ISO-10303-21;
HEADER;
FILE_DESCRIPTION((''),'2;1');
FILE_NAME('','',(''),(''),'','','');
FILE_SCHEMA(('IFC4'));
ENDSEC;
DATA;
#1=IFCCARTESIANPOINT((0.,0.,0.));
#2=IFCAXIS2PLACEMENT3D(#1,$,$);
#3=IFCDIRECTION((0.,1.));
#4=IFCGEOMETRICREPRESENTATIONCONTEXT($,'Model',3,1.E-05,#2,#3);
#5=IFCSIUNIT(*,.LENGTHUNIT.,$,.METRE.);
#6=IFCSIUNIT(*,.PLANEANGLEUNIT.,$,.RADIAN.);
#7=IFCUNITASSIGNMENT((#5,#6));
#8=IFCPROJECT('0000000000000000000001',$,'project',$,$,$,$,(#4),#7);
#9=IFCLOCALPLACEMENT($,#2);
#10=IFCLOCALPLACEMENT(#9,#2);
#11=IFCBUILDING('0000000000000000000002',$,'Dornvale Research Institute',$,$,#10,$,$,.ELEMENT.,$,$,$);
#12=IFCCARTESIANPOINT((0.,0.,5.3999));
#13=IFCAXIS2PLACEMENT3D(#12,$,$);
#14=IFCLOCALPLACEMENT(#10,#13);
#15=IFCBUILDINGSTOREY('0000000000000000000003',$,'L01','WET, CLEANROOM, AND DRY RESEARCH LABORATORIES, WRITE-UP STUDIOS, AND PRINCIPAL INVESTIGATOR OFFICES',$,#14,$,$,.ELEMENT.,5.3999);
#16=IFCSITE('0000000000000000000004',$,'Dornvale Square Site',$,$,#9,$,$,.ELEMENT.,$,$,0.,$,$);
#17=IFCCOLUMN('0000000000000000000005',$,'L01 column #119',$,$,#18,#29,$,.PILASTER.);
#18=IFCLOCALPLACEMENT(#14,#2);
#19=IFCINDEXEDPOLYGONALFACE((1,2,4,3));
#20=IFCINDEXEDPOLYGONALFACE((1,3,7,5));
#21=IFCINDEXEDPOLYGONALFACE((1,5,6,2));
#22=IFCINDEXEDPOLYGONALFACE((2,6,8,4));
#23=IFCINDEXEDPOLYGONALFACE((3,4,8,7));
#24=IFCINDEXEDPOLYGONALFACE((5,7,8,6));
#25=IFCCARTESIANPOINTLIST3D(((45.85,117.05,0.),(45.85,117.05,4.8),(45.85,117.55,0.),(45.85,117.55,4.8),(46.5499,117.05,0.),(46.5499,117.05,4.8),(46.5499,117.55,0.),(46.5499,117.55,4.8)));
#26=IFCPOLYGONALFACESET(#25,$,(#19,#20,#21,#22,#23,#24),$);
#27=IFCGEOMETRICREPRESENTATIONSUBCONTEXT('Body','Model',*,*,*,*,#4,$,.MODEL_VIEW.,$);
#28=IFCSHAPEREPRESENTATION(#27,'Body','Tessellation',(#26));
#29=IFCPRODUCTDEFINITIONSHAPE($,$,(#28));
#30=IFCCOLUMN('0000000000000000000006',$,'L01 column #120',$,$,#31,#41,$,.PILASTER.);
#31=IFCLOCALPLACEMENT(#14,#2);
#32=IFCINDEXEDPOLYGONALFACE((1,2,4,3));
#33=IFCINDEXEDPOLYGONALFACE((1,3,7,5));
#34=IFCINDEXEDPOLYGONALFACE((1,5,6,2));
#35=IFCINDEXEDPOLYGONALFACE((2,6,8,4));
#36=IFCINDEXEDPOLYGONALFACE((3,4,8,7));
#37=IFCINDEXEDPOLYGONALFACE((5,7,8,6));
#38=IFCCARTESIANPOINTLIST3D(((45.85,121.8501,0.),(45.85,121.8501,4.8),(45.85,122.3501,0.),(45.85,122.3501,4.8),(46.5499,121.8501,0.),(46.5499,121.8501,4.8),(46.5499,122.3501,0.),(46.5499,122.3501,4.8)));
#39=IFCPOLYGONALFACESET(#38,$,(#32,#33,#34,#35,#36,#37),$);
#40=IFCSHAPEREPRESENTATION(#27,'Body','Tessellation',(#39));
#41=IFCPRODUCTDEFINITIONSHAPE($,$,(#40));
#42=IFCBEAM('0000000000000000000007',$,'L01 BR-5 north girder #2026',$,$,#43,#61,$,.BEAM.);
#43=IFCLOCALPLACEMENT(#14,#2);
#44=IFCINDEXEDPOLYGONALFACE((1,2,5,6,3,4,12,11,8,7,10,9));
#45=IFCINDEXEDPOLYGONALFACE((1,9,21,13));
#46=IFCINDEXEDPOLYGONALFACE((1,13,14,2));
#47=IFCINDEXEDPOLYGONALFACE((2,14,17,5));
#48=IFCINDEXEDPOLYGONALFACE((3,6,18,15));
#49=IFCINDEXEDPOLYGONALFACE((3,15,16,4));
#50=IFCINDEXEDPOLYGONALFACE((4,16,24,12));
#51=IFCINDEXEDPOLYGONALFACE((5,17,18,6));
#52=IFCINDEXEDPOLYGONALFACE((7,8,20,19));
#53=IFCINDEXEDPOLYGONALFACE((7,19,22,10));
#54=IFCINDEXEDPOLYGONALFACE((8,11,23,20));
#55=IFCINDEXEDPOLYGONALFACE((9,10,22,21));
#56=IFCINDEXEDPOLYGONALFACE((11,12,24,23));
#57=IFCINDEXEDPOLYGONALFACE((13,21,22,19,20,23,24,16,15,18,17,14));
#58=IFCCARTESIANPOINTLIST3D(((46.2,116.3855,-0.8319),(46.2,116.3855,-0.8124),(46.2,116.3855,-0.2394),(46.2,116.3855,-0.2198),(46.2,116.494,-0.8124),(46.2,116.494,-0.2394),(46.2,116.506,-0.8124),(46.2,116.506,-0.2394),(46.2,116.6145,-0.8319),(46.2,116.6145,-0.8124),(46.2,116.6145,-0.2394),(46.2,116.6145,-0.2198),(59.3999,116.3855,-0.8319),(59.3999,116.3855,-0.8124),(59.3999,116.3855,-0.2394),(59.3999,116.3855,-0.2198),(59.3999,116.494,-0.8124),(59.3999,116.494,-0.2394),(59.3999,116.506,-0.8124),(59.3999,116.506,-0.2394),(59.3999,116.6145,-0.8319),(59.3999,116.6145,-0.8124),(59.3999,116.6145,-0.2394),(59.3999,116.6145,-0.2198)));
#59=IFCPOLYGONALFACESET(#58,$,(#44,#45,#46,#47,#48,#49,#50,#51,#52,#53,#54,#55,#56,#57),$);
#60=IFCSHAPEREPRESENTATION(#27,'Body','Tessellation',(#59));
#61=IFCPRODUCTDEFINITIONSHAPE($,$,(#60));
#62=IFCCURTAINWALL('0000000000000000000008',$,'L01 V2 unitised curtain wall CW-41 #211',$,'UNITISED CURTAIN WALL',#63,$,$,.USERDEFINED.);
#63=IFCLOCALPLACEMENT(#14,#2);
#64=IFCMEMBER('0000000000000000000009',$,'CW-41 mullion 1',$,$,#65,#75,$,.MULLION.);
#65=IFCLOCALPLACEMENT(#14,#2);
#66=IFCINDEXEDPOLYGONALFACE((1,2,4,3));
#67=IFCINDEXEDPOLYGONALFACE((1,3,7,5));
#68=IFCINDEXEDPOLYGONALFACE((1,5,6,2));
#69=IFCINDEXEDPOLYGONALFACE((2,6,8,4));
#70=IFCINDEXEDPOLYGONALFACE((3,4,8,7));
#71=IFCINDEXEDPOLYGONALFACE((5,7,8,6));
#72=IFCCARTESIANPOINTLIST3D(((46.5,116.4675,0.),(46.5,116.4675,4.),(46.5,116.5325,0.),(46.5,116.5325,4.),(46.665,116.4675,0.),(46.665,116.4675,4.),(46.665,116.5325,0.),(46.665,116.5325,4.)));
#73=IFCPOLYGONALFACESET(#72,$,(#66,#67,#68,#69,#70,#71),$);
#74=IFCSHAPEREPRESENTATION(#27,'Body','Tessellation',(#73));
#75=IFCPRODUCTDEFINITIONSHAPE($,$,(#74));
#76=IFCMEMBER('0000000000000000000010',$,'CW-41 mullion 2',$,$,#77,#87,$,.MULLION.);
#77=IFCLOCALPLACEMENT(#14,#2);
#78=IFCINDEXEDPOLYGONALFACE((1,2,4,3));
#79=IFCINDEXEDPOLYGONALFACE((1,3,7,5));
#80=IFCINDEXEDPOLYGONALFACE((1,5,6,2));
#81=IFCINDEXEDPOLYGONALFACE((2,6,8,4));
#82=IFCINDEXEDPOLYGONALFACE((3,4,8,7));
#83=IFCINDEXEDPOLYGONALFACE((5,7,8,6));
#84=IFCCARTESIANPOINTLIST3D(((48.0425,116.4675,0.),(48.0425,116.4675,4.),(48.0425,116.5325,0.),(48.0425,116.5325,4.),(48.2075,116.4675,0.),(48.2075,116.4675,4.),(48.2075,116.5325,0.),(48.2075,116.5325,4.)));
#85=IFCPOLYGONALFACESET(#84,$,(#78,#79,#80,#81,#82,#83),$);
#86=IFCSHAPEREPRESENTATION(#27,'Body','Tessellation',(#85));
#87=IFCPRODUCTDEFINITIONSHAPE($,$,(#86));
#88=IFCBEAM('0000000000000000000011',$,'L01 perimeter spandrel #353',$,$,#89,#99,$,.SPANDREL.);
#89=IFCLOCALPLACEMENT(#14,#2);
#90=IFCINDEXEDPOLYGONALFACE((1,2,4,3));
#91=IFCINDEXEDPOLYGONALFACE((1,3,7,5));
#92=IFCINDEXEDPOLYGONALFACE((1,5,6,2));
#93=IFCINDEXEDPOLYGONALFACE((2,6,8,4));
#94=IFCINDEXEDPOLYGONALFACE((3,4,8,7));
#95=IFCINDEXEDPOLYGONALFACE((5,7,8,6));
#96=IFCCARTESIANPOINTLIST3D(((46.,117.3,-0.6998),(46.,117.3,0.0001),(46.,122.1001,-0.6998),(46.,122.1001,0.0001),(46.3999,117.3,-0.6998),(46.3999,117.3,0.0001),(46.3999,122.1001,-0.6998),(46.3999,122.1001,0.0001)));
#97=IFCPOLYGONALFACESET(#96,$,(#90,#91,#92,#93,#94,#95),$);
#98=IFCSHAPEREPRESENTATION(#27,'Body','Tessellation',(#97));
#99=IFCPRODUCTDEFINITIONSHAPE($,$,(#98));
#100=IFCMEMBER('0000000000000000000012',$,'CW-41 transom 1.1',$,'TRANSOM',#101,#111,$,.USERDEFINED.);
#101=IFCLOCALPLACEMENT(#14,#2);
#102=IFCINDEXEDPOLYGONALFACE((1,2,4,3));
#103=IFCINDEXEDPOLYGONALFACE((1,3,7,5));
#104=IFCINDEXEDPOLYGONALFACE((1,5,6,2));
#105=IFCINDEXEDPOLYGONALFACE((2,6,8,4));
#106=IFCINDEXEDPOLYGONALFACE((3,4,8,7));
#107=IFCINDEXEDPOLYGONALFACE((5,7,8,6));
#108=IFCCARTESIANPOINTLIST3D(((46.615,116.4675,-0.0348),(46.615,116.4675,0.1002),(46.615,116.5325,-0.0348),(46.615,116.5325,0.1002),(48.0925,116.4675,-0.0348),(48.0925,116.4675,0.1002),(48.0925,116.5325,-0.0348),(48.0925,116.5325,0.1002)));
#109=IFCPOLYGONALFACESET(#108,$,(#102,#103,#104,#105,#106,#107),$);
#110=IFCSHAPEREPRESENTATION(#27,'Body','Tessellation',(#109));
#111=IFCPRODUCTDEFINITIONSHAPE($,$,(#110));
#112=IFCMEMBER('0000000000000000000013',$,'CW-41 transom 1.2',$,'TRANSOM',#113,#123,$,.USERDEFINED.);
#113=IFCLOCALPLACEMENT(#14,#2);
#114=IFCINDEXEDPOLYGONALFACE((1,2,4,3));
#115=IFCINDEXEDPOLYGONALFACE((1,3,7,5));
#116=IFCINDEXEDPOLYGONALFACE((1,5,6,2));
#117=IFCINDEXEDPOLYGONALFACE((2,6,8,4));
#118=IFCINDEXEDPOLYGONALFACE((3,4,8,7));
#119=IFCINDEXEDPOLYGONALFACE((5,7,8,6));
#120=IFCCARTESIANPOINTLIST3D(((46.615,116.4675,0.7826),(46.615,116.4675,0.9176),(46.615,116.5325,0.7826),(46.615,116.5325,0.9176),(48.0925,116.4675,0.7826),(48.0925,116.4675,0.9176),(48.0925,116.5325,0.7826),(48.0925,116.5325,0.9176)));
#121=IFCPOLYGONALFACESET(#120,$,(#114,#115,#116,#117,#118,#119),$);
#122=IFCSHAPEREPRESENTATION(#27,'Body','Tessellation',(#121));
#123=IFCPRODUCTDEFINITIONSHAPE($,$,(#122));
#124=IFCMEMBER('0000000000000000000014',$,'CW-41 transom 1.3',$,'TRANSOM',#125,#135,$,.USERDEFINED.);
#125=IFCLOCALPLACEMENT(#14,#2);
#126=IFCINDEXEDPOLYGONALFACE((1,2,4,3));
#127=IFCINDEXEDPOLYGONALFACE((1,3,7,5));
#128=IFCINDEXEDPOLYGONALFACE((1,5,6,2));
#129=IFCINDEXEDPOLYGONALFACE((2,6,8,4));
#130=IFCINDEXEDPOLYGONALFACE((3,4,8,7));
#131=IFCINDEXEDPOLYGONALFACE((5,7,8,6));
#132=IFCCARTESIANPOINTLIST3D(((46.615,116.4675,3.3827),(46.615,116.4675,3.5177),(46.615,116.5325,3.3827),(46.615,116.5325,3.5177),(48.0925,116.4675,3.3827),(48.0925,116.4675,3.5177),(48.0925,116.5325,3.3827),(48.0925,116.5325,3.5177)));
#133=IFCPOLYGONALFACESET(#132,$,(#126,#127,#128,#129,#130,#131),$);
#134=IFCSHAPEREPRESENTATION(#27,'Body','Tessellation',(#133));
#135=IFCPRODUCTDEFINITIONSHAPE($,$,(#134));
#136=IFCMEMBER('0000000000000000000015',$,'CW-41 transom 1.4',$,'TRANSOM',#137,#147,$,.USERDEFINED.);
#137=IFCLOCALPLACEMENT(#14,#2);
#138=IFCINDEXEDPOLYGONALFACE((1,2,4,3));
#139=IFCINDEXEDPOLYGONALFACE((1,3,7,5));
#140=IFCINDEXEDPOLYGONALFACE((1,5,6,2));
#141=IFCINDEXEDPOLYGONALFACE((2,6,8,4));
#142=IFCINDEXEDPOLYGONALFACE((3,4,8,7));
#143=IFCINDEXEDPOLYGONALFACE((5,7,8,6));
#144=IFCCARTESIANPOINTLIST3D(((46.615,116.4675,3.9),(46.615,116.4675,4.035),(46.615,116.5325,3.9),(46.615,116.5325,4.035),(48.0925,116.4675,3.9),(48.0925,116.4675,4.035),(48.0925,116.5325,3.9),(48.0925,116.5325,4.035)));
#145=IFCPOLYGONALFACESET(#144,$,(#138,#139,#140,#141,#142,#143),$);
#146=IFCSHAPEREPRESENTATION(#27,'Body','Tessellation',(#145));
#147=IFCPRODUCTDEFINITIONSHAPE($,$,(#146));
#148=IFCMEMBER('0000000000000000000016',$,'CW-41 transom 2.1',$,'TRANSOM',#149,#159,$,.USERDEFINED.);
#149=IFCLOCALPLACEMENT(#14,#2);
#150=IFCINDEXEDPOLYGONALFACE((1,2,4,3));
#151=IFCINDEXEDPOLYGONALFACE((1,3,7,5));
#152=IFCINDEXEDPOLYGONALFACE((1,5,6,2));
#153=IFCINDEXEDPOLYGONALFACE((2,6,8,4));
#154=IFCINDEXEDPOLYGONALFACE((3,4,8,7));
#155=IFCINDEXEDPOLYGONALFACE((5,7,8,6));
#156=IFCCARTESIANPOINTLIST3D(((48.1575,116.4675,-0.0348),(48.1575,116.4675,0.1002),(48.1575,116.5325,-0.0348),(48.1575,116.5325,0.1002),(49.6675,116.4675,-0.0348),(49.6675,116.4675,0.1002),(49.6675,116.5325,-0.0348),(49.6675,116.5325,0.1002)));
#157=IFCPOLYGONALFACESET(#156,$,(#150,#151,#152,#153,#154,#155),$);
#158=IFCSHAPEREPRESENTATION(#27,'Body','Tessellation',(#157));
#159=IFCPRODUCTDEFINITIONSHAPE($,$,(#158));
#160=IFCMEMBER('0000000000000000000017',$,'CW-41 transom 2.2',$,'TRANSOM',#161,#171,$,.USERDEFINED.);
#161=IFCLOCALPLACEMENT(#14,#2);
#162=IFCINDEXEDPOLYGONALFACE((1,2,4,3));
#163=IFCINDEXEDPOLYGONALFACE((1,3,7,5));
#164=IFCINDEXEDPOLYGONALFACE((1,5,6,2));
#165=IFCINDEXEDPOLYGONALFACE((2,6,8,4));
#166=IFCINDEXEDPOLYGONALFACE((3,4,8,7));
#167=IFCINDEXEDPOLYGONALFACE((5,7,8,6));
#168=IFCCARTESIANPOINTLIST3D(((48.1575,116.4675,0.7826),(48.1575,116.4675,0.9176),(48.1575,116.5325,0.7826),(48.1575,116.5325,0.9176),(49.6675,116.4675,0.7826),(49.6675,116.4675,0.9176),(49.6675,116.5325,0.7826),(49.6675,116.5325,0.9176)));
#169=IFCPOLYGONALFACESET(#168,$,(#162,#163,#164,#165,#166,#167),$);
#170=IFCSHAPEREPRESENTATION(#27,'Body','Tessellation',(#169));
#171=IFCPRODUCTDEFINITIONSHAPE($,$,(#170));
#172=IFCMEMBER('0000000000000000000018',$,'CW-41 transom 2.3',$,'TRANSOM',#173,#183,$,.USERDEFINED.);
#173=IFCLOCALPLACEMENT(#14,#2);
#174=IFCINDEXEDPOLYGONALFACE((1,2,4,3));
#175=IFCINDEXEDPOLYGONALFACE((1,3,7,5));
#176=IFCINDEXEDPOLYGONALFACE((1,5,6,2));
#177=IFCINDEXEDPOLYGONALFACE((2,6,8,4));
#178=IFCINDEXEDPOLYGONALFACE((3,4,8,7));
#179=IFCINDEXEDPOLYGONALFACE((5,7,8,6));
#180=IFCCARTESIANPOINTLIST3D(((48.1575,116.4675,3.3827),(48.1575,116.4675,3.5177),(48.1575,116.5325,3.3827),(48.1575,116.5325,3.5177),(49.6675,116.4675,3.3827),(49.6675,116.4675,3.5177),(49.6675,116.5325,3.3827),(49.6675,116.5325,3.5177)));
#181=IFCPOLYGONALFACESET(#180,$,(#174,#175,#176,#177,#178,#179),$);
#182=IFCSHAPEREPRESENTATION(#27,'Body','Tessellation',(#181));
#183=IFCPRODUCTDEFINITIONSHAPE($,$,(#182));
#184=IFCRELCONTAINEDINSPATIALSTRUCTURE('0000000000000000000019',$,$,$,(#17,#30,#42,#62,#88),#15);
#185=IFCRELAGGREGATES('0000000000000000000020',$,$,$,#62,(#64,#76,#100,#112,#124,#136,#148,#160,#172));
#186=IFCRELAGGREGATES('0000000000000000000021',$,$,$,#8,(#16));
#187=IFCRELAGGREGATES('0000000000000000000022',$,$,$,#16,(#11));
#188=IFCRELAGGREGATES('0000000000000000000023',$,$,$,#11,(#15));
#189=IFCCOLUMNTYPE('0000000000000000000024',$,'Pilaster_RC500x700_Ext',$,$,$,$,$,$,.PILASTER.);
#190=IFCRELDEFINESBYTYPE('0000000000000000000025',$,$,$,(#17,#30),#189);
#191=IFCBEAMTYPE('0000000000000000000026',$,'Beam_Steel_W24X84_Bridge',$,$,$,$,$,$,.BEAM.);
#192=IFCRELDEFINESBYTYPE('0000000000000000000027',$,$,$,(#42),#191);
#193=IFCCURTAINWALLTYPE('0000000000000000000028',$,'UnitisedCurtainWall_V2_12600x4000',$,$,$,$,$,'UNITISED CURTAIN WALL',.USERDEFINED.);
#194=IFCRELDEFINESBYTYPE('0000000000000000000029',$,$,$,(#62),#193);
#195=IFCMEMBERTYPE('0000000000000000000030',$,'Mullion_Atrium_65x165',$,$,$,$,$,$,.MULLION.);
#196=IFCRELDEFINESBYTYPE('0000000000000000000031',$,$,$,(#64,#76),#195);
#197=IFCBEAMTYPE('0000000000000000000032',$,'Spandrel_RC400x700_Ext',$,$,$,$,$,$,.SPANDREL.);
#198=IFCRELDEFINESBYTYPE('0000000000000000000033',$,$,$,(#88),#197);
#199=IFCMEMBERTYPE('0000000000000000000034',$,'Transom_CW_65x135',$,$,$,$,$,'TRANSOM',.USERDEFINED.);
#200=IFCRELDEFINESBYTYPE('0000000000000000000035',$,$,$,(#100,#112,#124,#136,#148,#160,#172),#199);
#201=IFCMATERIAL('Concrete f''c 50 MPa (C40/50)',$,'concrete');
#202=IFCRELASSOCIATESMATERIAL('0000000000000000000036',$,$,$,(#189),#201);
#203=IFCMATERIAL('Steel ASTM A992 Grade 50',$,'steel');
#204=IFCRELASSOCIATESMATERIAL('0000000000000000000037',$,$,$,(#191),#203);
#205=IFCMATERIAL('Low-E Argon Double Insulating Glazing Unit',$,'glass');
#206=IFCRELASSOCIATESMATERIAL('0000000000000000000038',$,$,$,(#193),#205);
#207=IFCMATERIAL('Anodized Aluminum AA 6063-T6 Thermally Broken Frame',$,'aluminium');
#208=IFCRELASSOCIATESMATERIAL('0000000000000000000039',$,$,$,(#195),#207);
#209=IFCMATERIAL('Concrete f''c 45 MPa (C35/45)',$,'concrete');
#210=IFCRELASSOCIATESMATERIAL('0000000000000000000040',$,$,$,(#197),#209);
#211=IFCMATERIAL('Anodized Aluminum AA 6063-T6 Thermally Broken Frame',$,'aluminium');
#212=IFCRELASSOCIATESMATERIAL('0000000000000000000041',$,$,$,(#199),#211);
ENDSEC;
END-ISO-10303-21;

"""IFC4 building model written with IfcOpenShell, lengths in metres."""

from ifc_helpers import new_model, si_unit, direction, frame, origin, origin_2d, place, context, subcontext, project, spatial, rectangle, i_section, extrude, material, material_profile, profile_set, type_object, element, aggregate, save


model = new_model("IFC4")

# Units and contexts
model_context = context("Model", 3, precision=1e-05, world=origin(), true_north=direction((0.0, 1.0)))
body_context = subcontext(model_context, "Body", "Model", "MODEL_VIEW")
ifc_project = project(units=[si_unit("LENGTHUNIT", "METRE"), si_unit("PLANEANGLEUNIT", "RADIAN")], contexts=[model_context])

# Site, building, storey
site_placement = place(None, origin())
site = spatial("IfcSite", under=ifc_project, at=site_placement, Name="Dornvale Square Site", CompositionType="ELEMENT", RefElevation=0.0)
building_placement = place(site_placement, origin())
building = spatial("IfcBuilding", under=site, at=building_placement, Name="Dornvale Research Institute", CompositionType="ELEMENT")
storey_placement = place(building_placement, frame((0.0, 0.0, 5.3999)))
storey = spatial("IfcBuildingStorey", under=building, at=storey_placement, Name="L01", Description="WET, CLEANROOM, AND DRY RESEARCH LABORATORIES, WRITE-UP STUDIOS, AND PRINCIPAL INVESTIGATOR OFFICES", CompositionType="ELEMENT", Elevation=5.3999)

# Columns
ifc_material_1 = material(Name="Concrete f'c 50 MPa (C40/50)", Category="concrete")
ifc_material_profile_1 = material_profile(ifc_material_1, rectangle(XDim=0.5, YDim=0.7, at=origin_2d()), Name="RC 500x700")
ifc_profile_set_1 = profile_set([ifc_material_profile_1], Name="Concrete f'c 50 MPa (C40/50)")
column_type = type_object("IfcColumnType", Name="Pilaster_RC500x700_Ext", PredefinedType="PILASTER", material=ifc_profile_set_1)
for number, where, z_axis, x_axis, name in (
    (1, (46.2, 117.3, 0.0), (0.0, 0.0, 1.0), (0.0, 1.0, 0.0), "L01 column #119"),
    (2, (46.2, 122.1001, 0.0), (0.0, 0.0, 1.0), (0.0, 1.0, 0.0), "L01 column #120"),
):
    element("IfcColumn", number, at=place(storey_placement, frame(where, z_axis=z_axis, x_axis=x_axis)), inside=storey, type_object=column_type, Name=name, PredefinedType="PILASTER", context=body_context, shape_type="SweptSolid", body=[
        extrude(rectangle(XDim=0.5, YDim=0.7, at=origin_2d()), origin(), (0.0, 0.0, 1.0), 4.8),
    ])

# Beam
ifc_material_2 = material(Name="Steel ASTM A992 Grade 50", Category="steel")
ifc_material_profile_2 = material_profile(ifc_material_2, i_section(OverallWidth=0.229, OverallDepth=0.6121, WebThickness=0.012, FlangeThickness=0.0195, at=origin_2d()), Name="W24X84")
ifc_profile_set_2 = profile_set([ifc_material_profile_2], Name="Steel ASTM A992 Grade 50")
beam_type_1 = type_object("IfcBeamType", Name="Beam_Steel_W24X84_Bridge", PredefinedType="BEAM", material=ifc_profile_set_2)
beam_1_placement = place(storey_placement, frame((46.2, 116.5, -0.5259), z_axis=(1.0, 0.0, 0.0), x_axis=(0.0, 1.0, 0.0)))
element("IfcBeam", 3, at=beam_1_placement, inside=storey, type_object=beam_type_1, Name="L01 BR-5 north girder #2026", PredefinedType="BEAM", context=body_context, shape_type="SweptSolid", body=[
    extrude(i_section(OverallWidth=0.229, OverallDepth=0.6121, WebThickness=0.012, FlangeThickness=0.0195, at=origin_2d()), origin(), (0.0, 0.0, 1.0), 13.2),
])

# Curtain wall, members
ifc_material_3 = material(Name="Low-E Argon Double Insulating Glazing Unit", Category="glass")
curtain_wall_type = type_object("IfcCurtainWallType", Name="UnitisedCurtainWall_V2_12600x4000", ElementType="UNITISED CURTAIN WALL", PredefinedType="USERDEFINED", material=ifc_material_3)
curtain_wall_placement = place(storey_placement, origin())
curtain_wall = element("IfcCurtainWall", 4, at=curtain_wall_placement, inside=storey, type_object=curtain_wall_type, Name="L01 V2 unitised curtain wall CW-41 #211", ObjectType="UNITISED CURTAIN WALL", PredefinedType="USERDEFINED")
ifc_material_4 = material(Name="Anodized Aluminum AA 6063-T6 Thermally Broken Frame", Category="aluminium")
ifc_material_profile_3 = material_profile(ifc_material_4, rectangle(XDim=0.0649, YDim=0.165, at=origin_2d()), Name="ALU MULLION 65x165")
ifc_profile_set_3 = profile_set([ifc_material_profile_3], Name="Anodized Aluminum AA 6063-T6 Thermally Broken Frame")
member_type_1 = type_object("IfcMemberType", Name="Mullion_Atrium_65x165", PredefinedType="MULLION", material=ifc_profile_set_3)
member_1_placement = place(storey_placement, frame((46.5825, 116.5, 0.0), z_axis=(0.0, 0.0, 1.0), x_axis=(0.0, 1.0, 0.0)))
member_1 = element("IfcMember", 5, at=member_1_placement, type_object=member_type_1, Name="CW-41 mullion 1", PredefinedType="MULLION", context=body_context, shape_type="SweptSolid", body=[
    extrude(rectangle(XDim=0.0649, YDim=0.165, at=origin_2d()), origin(), (0.0, 0.0, 1.0), 4.0),
])
member_2_placement = place(storey_placement, frame((48.125, 116.5, 0.0), z_axis=(0.0, 0.0, 1.0), x_axis=(0.0, 1.0, 0.0)))
member_2 = element("IfcMember", 6, at=member_2_placement, type_object=member_type_1, Name="CW-41 mullion 2", PredefinedType="MULLION", context=body_context, shape_type="SweptSolid", body=[
    extrude(rectangle(XDim=0.0649, YDim=0.165, at=origin_2d()), origin(), (0.0, 0.0, 1.0), 4.0),
])

# Beam
ifc_material_5 = material(Name="Concrete f'c 45 MPa (C35/45)", Category="concrete")
ifc_material_profile_4 = material_profile(ifc_material_5, rectangle(XDim=0.3999, YDim=0.7, at=origin_2d()), Name="RC 400x700")
ifc_profile_set_4 = profile_set([ifc_material_profile_4], Name="Concrete f'c 45 MPa (C35/45)")
beam_type_2 = type_object("IfcBeamType", Name="Spandrel_RC400x700_Ext", PredefinedType="SPANDREL", material=ifc_profile_set_4)
beam_2_placement = place(storey_placement, frame((46.2, 117.3, -0.3499), z_axis=(0.0, 1.0, 0.0), x_axis=(-1.0, 0.0, 0.0)))
element("IfcBeam", 7, at=beam_2_placement, inside=storey, type_object=beam_type_2, Name="L01 perimeter spandrel #353", PredefinedType="SPANDREL", context=body_context, shape_type="SweptSolid", body=[
    extrude(rectangle(XDim=0.3999, YDim=0.7, at=origin_2d()), origin(), (0.0, 0.0, 1.0), 4.8),
])

# Members
ifc_material_6 = material(Name="Anodized Aluminum AA 6063-T6 Thermally Broken Frame", Category="aluminium")
ifc_material_profile_5 = material_profile(ifc_material_6, rectangle(XDim=0.0649, YDim=0.135, at=origin_2d()), Name="ALU TRANSOM 65x135")
ifc_profile_set_5 = profile_set([ifc_material_profile_5], Name="Anodized Aluminum AA 6063-T6 Thermally Broken Frame")
member_type_2 = type_object("IfcMemberType", Name="Transom_CW_65x135", ElementType="TRANSOM", PredefinedType="USERDEFINED", material=ifc_profile_set_5)
member_3_placement = place(storey_placement, frame((46.615, 116.5, 0.0327), z_axis=(1.0, 0.0, 0.0), x_axis=(0.0, 1.0, 0.0)))
member_3 = element("IfcMember", 8, at=member_3_placement, type_object=member_type_2, Name="CW-41 transom 1.1", ObjectType="TRANSOM", PredefinedType="USERDEFINED", context=body_context, shape_type="SweptSolid", body=[
    extrude(rectangle(XDim=0.0649, YDim=0.135, at=origin_2d()), origin(), (0.0, 0.0, 1.0), 1.4775),
])
member_4_placement = place(storey_placement, frame((46.615, 116.5, 0.8501), z_axis=(1.0, 0.0, 0.0), x_axis=(0.0, 1.0, 0.0)))
member_4 = element("IfcMember", 9, at=member_4_placement, type_object=member_type_2, Name="CW-41 transom 1.2", ObjectType="TRANSOM", PredefinedType="USERDEFINED", context=body_context, shape_type="SweptSolid", body=[
    extrude(rectangle(XDim=0.0649, YDim=0.135, at=origin_2d()), origin(), (0.0, 0.0, 1.0), 1.4775),
])
member_5_placement = place(storey_placement, frame((46.615, 116.5, 3.4502), z_axis=(1.0, 0.0, 0.0), x_axis=(0.0, 1.0, 0.0)))
member_5 = element("IfcMember", 10, at=member_5_placement, type_object=member_type_2, Name="CW-41 transom 1.3", ObjectType="TRANSOM", PredefinedType="USERDEFINED", context=body_context, shape_type="SweptSolid", body=[
    extrude(rectangle(XDim=0.0649, YDim=0.135, at=origin_2d()), origin(), (0.0, 0.0, 1.0), 1.4775),
])
member_6_placement = place(storey_placement, frame((46.615, 116.5, 3.9675), z_axis=(1.0, 0.0, 0.0), x_axis=(0.0, 1.0, 0.0)))
member_6 = element("IfcMember", 11, at=member_6_placement, type_object=member_type_2, Name="CW-41 transom 1.4", ObjectType="TRANSOM", PredefinedType="USERDEFINED", context=body_context, shape_type="SweptSolid", body=[
    extrude(rectangle(XDim=0.0649, YDim=0.135, at=origin_2d()), origin(), (0.0, 0.0, 1.0), 1.4775),
])
member_7_placement = place(storey_placement, frame((48.1575, 116.5, 0.0327), z_axis=(1.0, 0.0, 0.0), x_axis=(0.0, 1.0, 0.0)))
member_7 = element("IfcMember", 12, at=member_7_placement, type_object=member_type_2, Name="CW-41 transom 2.1", ObjectType="TRANSOM", PredefinedType="USERDEFINED", context=body_context, shape_type="SweptSolid", body=[
    extrude(rectangle(XDim=0.0649, YDim=0.135, at=origin_2d()), origin(), (0.0, 0.0, 1.0), 1.51),
])
member_8_placement = place(storey_placement, frame((48.1575, 116.5, 0.8501), z_axis=(1.0, 0.0, 0.0), x_axis=(0.0, 1.0, 0.0)))
member_8 = element("IfcMember", 13, at=member_8_placement, type_object=member_type_2, Name="CW-41 transom 2.2", ObjectType="TRANSOM", PredefinedType="USERDEFINED", context=body_context, shape_type="SweptSolid", body=[
    extrude(rectangle(XDim=0.0649, YDim=0.135, at=origin_2d()), origin(), (0.0, 0.0, 1.0), 1.51),
])
member_9_placement = place(storey_placement, frame((48.1575, 116.5, 3.4502), z_axis=(1.0, 0.0, 0.0), x_axis=(0.0, 1.0, 0.0)))
member_9 = element("IfcMember", 14, at=member_9_placement, type_object=member_type_2, Name="CW-41 transom 2.3", ObjectType="TRANSOM", PredefinedType="USERDEFINED", context=body_context, shape_type="SweptSolid", body=[
    extrude(rectangle(XDim=0.0649, YDim=0.135, at=origin_2d()), origin(), (0.0, 0.0, 1.0), 1.51),
])

aggregate(curtain_wall, [member_1, member_2, member_3, member_4, member_5, member_6, member_7, member_8, member_9])

save(model, "model.ifc")
